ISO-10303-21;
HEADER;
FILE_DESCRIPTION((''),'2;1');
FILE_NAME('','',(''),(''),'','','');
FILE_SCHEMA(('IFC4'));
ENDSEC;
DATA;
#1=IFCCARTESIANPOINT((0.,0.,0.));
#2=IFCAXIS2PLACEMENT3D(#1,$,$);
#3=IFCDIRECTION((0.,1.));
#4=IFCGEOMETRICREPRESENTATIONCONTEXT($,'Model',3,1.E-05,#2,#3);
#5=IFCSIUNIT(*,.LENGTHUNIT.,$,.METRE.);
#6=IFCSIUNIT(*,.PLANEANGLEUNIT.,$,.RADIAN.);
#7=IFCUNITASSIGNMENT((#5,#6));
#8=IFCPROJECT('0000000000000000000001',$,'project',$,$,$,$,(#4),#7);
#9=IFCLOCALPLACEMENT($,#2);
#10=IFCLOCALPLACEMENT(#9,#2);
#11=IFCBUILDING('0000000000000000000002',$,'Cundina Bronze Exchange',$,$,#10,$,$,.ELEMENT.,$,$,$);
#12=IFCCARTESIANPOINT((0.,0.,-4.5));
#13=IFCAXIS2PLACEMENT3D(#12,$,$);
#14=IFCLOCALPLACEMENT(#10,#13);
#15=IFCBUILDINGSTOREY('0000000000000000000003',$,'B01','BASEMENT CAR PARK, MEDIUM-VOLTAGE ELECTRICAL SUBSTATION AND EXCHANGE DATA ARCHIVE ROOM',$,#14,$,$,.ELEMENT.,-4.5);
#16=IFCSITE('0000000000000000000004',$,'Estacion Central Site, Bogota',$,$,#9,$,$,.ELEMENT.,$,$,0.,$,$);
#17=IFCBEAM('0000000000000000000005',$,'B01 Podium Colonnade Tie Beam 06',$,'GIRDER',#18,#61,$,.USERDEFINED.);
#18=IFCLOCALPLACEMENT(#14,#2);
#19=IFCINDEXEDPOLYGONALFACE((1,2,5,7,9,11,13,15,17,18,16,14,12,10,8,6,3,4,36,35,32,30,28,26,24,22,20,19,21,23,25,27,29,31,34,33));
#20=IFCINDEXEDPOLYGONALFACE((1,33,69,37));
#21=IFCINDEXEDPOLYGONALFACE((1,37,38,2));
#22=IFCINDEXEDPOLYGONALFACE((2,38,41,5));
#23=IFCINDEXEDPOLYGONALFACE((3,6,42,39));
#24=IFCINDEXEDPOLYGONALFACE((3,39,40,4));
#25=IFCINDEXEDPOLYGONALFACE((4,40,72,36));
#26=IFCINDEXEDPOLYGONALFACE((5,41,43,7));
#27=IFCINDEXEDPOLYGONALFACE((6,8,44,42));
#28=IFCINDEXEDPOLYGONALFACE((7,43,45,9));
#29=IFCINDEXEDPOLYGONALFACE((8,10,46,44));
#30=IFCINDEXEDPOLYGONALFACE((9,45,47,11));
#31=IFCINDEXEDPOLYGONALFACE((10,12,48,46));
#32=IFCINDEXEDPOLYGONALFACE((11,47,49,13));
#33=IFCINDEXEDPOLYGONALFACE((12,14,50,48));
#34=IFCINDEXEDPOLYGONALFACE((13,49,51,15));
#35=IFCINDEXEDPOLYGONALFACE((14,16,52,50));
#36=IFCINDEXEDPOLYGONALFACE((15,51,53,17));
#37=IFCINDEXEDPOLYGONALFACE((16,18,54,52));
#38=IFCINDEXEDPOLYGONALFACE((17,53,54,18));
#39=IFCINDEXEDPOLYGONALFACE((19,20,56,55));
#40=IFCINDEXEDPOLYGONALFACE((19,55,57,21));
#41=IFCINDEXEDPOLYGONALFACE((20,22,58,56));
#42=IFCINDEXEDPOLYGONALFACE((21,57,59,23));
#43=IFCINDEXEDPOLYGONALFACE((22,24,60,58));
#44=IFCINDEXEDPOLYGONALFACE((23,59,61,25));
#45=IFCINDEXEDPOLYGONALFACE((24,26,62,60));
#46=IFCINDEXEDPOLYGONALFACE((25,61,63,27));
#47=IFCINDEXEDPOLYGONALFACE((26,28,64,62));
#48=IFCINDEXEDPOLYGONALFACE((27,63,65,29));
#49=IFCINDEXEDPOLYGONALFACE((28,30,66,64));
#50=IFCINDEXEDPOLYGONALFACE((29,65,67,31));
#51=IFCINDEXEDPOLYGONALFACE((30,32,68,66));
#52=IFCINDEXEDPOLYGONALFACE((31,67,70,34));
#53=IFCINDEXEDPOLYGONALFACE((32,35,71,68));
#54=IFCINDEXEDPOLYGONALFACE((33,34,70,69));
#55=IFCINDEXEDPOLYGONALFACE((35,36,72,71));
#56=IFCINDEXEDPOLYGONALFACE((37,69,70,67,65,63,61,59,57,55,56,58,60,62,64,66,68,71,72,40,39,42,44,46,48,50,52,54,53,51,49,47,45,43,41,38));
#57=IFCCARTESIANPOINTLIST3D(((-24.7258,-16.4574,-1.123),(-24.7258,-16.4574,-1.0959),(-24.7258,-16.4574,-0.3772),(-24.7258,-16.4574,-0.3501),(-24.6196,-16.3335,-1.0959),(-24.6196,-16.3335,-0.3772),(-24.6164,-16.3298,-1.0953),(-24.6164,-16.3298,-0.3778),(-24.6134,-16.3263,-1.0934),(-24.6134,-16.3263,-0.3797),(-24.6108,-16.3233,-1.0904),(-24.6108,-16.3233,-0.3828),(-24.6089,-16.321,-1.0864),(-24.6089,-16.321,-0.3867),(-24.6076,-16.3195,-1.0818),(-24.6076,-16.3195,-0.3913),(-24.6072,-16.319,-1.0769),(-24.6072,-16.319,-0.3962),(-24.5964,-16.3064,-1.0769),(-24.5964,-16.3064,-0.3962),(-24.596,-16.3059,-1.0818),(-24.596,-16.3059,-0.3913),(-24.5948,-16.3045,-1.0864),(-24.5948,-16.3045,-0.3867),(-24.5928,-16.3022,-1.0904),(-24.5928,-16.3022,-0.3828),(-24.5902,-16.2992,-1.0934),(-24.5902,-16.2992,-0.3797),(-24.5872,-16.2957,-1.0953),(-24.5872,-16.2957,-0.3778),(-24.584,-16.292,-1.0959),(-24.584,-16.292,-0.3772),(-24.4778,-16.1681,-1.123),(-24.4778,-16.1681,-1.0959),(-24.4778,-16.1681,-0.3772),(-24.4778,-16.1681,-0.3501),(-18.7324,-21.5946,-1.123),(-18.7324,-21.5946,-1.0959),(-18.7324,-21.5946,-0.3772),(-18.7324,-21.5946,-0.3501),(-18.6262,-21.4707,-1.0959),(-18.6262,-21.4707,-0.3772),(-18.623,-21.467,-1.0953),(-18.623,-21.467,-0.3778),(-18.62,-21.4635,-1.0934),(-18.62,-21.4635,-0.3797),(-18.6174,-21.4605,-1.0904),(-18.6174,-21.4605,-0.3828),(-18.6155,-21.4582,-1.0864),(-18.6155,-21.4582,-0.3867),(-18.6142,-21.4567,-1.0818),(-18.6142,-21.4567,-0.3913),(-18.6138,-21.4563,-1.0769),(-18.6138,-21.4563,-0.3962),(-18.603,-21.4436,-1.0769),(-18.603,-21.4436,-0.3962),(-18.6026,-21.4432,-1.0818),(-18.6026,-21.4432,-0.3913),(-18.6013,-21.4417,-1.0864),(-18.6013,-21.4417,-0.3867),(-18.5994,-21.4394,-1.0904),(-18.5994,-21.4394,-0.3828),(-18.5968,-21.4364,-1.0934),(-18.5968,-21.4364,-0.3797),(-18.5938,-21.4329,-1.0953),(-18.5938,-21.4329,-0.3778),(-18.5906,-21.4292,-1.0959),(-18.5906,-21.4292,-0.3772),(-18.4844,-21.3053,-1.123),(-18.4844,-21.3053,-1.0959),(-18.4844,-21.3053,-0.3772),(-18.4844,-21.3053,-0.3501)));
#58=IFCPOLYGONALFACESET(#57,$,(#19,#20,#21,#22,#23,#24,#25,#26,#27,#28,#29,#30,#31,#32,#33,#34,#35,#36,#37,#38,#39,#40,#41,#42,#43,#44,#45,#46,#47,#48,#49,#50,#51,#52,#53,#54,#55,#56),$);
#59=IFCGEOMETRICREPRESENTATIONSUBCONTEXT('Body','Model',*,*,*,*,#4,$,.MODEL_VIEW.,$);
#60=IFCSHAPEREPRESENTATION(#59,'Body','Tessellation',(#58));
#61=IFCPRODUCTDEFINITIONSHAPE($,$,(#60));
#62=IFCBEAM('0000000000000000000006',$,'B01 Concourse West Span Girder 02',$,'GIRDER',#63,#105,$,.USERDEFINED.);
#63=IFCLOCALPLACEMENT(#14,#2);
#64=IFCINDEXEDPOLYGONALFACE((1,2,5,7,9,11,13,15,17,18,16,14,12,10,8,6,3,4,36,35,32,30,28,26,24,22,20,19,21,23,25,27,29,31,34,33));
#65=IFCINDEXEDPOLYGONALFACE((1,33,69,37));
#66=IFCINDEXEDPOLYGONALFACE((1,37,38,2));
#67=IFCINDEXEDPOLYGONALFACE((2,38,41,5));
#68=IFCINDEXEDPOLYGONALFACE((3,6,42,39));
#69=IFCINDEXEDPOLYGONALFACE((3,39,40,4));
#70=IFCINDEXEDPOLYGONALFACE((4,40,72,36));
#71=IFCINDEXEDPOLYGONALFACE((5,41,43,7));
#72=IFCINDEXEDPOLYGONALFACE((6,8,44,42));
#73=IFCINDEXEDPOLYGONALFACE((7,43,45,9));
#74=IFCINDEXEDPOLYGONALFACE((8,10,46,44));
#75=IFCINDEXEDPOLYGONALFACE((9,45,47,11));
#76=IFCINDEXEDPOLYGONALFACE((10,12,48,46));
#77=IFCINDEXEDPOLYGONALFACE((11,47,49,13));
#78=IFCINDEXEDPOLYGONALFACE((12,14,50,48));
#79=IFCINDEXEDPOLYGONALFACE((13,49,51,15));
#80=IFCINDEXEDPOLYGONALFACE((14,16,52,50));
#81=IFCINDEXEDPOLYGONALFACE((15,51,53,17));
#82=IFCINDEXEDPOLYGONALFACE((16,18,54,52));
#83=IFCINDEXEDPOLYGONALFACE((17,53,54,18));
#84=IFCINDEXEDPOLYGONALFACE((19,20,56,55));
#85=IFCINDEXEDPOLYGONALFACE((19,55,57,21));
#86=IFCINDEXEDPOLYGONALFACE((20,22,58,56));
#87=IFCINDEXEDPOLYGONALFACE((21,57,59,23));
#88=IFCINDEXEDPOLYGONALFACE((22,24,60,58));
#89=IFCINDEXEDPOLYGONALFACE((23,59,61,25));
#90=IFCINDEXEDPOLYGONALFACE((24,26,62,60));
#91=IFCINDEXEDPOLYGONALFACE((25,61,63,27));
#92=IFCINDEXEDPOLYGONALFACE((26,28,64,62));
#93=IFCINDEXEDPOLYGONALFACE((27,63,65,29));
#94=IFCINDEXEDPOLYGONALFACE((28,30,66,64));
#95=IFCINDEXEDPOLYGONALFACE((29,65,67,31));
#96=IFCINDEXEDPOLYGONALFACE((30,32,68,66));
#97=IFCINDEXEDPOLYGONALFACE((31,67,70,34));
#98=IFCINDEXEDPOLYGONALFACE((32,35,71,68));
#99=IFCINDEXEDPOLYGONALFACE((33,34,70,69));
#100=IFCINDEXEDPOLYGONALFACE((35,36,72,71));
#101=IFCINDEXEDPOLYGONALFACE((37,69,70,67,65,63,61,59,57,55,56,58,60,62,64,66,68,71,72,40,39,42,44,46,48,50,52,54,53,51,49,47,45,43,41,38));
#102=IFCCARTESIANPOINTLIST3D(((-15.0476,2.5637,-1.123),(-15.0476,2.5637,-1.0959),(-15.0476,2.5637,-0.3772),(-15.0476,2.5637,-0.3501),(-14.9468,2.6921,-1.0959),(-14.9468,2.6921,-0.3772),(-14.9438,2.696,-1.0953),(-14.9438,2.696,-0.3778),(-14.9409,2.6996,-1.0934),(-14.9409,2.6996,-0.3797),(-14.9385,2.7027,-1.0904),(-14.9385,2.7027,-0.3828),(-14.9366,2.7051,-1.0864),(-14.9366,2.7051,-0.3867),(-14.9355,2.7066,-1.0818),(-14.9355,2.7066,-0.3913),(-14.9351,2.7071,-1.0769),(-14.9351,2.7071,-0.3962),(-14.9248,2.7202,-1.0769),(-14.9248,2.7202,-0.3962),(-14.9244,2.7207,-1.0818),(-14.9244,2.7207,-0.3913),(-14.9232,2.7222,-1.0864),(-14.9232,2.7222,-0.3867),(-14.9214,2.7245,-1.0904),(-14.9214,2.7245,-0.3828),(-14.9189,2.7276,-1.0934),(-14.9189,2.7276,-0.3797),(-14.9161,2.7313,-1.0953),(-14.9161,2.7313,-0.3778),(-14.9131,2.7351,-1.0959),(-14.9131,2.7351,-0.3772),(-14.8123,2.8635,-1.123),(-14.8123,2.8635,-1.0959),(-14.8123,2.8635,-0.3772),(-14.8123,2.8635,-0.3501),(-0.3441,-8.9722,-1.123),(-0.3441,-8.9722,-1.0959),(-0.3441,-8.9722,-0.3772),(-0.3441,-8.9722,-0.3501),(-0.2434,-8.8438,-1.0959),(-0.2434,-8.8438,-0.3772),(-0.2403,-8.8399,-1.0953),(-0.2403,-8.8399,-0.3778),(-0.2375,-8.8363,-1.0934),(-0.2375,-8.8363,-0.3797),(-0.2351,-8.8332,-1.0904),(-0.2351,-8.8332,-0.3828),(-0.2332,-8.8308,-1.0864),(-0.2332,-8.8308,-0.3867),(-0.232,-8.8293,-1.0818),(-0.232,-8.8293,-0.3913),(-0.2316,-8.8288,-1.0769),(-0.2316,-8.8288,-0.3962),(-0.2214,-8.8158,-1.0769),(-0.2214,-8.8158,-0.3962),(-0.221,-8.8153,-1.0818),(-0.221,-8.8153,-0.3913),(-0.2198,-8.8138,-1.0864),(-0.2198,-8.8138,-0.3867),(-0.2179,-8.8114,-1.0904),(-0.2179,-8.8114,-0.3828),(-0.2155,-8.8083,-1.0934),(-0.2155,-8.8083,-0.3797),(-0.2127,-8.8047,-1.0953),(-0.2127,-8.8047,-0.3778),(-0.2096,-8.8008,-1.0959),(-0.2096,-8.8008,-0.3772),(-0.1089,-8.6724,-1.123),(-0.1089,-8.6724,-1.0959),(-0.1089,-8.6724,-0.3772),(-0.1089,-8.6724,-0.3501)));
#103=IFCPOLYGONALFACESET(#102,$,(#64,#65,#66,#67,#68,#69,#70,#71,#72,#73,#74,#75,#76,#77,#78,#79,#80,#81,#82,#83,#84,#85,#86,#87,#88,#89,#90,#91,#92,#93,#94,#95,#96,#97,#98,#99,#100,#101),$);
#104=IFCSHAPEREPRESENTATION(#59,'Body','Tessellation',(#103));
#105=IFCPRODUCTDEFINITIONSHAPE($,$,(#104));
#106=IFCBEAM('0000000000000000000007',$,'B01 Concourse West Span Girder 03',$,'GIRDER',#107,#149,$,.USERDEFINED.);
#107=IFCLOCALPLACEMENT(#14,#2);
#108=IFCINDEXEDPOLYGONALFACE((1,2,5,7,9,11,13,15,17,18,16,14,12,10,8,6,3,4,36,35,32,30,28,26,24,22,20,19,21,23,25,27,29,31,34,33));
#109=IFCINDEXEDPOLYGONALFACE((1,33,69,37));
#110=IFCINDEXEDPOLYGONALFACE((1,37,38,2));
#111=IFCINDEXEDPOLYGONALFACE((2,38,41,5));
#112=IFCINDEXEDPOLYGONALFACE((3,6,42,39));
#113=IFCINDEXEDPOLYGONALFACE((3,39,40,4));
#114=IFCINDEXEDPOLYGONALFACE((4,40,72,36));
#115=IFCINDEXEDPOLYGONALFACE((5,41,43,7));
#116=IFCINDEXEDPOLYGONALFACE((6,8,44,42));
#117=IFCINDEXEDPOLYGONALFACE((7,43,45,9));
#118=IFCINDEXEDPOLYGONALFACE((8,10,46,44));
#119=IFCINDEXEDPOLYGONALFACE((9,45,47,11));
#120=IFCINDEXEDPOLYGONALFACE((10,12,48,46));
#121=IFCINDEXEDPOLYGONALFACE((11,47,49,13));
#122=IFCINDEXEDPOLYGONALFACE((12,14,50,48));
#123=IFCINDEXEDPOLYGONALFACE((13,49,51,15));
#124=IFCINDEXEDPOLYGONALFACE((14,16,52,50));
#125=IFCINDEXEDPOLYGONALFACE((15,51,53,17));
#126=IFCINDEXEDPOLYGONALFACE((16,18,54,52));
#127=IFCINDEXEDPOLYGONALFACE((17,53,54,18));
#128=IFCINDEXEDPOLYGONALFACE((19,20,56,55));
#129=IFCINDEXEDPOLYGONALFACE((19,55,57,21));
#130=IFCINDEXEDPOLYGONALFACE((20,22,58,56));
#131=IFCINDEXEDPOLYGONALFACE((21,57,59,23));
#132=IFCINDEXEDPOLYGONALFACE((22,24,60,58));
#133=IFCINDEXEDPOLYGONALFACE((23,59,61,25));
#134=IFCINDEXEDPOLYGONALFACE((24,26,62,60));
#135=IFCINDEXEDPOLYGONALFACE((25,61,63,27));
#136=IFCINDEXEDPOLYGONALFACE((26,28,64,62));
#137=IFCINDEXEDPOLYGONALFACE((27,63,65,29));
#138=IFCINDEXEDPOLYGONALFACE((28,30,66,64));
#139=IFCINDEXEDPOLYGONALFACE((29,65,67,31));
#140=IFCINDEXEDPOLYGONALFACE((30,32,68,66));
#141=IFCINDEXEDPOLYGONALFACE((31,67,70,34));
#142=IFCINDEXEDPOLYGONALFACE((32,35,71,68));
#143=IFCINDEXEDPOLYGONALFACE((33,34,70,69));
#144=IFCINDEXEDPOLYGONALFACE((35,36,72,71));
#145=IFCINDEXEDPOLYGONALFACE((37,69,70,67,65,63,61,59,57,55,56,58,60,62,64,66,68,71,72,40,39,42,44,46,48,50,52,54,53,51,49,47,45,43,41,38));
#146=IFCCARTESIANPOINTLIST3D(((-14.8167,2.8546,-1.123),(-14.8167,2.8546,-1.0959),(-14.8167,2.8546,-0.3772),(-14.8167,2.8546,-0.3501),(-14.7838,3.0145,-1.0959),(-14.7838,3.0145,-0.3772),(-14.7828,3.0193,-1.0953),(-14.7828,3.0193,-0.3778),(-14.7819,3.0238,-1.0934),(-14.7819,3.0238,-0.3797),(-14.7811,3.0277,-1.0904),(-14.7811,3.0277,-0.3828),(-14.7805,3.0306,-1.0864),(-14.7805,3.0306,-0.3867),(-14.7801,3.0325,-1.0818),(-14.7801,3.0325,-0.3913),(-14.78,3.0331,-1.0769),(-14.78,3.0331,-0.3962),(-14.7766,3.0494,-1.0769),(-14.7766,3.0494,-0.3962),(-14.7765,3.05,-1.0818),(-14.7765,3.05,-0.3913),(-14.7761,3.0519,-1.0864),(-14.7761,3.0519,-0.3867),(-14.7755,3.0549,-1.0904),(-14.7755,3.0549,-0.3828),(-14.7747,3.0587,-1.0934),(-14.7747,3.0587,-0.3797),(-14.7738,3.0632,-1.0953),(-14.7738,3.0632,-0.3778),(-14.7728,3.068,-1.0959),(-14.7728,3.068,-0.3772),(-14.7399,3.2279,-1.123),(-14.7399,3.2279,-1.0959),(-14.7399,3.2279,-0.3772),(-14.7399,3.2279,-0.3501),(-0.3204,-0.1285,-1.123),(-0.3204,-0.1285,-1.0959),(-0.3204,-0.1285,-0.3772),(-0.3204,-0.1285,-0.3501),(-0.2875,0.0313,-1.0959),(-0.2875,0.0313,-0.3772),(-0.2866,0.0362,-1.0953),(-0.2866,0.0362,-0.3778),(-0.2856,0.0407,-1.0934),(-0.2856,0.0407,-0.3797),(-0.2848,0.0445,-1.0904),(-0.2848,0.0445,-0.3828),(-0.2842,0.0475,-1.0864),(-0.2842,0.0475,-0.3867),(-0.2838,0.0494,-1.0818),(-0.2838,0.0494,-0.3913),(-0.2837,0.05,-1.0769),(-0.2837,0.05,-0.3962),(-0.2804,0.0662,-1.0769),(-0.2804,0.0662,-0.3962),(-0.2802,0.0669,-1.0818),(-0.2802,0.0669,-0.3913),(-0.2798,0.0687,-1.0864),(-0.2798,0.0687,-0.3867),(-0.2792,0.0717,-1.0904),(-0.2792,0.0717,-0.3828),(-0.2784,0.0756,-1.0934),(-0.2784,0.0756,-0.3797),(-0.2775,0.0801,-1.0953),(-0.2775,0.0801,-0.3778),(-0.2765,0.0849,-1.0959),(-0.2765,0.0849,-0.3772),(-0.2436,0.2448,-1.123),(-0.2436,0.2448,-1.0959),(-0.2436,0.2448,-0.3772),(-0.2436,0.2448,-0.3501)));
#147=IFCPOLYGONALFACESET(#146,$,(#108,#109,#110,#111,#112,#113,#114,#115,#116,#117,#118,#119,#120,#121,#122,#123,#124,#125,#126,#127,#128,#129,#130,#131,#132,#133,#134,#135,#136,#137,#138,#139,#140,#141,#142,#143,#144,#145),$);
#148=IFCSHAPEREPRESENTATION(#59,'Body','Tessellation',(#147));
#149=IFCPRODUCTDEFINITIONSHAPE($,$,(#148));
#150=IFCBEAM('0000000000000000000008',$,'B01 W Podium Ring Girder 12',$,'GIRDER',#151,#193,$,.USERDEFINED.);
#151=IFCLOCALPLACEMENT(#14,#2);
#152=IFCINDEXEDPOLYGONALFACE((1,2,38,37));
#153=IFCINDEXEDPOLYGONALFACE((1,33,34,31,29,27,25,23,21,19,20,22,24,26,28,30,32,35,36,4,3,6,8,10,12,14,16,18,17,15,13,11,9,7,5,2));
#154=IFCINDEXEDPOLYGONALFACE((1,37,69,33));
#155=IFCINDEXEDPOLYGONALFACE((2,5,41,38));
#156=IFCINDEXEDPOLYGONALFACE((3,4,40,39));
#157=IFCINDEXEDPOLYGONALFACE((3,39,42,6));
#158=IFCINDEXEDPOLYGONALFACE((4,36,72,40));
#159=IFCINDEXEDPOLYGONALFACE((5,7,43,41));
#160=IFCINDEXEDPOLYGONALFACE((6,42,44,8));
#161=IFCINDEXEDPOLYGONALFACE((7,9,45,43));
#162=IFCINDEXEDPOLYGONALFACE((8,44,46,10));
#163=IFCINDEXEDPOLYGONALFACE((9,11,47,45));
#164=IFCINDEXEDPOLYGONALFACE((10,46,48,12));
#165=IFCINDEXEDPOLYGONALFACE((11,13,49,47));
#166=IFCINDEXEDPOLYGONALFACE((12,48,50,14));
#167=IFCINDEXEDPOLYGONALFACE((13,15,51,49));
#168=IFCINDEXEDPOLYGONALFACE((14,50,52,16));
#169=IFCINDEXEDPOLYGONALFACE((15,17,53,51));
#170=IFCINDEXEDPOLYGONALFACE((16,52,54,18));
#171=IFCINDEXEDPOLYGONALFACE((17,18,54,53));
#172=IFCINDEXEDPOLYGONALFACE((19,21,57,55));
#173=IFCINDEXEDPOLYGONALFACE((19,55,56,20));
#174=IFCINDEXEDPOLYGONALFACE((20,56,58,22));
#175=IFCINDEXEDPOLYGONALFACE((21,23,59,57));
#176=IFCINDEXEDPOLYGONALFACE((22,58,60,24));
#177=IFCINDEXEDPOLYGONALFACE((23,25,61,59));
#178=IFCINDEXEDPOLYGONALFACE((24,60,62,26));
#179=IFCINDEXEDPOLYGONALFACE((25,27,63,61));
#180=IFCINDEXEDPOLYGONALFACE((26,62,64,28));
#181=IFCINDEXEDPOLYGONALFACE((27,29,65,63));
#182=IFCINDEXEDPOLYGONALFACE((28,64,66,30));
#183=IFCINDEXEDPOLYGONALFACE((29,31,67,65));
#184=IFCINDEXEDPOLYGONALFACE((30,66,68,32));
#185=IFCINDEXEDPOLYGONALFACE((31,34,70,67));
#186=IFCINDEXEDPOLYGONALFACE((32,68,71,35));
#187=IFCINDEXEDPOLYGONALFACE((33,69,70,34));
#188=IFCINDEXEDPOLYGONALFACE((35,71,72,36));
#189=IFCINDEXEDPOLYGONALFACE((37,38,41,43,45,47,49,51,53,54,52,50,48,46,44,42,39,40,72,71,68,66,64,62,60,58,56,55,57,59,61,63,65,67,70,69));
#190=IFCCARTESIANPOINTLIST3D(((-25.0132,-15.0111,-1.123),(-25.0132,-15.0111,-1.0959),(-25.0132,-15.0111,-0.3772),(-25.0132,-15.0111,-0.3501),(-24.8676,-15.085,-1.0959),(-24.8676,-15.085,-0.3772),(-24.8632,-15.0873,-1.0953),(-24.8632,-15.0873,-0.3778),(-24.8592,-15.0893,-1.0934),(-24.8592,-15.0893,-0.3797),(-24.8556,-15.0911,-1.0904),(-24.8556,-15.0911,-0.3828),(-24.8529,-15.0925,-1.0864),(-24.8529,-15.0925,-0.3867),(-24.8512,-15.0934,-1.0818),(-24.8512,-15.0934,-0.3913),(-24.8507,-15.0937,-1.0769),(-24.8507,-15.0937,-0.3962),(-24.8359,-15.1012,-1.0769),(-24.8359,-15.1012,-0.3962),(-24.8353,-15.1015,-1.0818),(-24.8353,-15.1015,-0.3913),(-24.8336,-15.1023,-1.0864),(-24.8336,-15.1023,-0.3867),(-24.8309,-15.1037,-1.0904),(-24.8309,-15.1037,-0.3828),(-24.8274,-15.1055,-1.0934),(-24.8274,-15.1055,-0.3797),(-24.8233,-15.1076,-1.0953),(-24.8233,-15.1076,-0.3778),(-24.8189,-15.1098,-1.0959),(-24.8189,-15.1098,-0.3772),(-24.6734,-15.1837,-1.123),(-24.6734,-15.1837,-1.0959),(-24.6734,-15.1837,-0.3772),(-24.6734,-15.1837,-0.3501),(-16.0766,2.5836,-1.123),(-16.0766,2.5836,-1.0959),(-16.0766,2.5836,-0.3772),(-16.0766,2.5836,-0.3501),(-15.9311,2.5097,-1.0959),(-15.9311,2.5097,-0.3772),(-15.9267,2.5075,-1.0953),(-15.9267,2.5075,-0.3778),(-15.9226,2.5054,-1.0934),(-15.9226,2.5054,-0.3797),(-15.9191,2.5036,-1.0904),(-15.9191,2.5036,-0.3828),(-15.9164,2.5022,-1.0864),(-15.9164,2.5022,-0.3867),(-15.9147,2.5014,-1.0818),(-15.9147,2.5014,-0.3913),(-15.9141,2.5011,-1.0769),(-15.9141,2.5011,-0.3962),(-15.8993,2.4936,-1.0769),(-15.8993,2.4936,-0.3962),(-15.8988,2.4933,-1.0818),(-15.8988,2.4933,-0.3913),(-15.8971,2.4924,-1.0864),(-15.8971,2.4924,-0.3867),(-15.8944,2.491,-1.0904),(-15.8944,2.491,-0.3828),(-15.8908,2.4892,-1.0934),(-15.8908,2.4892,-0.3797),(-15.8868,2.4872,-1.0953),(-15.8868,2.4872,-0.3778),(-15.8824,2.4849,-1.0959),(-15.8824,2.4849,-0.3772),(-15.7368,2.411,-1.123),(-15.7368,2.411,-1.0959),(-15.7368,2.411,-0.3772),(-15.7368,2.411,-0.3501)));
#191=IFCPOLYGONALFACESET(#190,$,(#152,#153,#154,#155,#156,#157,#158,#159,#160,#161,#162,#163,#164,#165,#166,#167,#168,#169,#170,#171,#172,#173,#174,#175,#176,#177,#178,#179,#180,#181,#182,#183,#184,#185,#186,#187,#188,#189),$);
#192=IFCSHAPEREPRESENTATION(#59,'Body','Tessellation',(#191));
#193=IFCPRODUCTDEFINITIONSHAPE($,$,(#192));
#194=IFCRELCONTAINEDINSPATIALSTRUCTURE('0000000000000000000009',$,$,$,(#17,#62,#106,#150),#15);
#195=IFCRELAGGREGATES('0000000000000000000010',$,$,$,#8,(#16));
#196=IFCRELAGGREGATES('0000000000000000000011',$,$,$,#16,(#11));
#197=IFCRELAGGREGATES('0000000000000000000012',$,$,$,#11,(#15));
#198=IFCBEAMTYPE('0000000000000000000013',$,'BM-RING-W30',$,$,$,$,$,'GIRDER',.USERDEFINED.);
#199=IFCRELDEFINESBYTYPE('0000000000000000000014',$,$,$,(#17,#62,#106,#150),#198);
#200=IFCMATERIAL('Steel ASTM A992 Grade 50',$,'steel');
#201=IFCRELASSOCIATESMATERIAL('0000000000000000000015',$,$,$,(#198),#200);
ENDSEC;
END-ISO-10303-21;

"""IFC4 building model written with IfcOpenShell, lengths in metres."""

from ifc_helpers import new_model, si_unit, direction, frame, origin, origin_2d, place, context, subcontext, project, spatial, i_section, extrude, material, material_profile, profile_set, type_object, element, save


model = new_model("IFC4")

# Units and contexts
model_context = context("Model", 3, precision=1e-05, world=origin(), true_north=direction((0.0, 1.0)))
body_context = subcontext(model_context, "Body", "Model", "MODEL_VIEW")
ifc_project = project(units=[si_unit("LENGTHUNIT", "METRE"), si_unit("PLANEANGLEUNIT", "RADIAN")], contexts=[model_context])

# Site, building, storey
site_placement = place(None, origin())
site = spatial("IfcSite", under=ifc_project, at=site_placement, Name="Estacion Central Site, Bogota", CompositionType="ELEMENT", RefElevation=0.0)
building_placement = place(site_placement, origin())
building = spatial("IfcBuilding", under=site, at=building_placement, Name="Cundina Bronze Exchange", CompositionType="ELEMENT")
storey_placement = place(building_placement, frame((0.0, 0.0, -4.5)))
storey = spatial("IfcBuildingStorey", under=building, at=storey_placement, Name="B01", Description="BASEMENT CAR PARK, MEDIUM-VOLTAGE ELECTRICAL SUBSTATION AND EXCHANGE DATA ARCHIVE ROOM", CompositionType="ELEMENT", Elevation=-4.5)

# Shared definitions
ifc_material_1 = material(Name="Steel ASTM A992 Grade 50", Category="steel")

# Beams
ifc_material_profile_1 = material_profile(ifc_material_1, i_section(OverallWidth=0.3811, OverallDepth=0.7729, WebThickness=0.0166, FlangeThickness=0.0271, FilletRadius=0.019, at=origin_2d()), Name="W30X173", Category="steel")
ifc_profile_set_1 = profile_set([ifc_material_profile_1], Name="Steel ASTM A992 Grade 50")
beam_type_1 = type_object("IfcBeamType", Name="BM-RING-W30", ElementType="GIRDER", PredefinedType="USERDEFINED", material=ifc_profile_set_1)
beam_1_placement = place(storey_placement, frame((-18.6084, -21.45, -0.7366), z_axis=(-0.759257, 0.650791, 0.0), x_axis=(-0.650791, -0.759257, 0.0)))
element("IfcBeam", 1, at=beam_1_placement, inside=storey, type_object=beam_type_1, Name="B01 Podium Colonnade Tie Beam 06", ObjectType="GIRDER", PredefinedType="USERDEFINED", context=body_context, shape_type="SweptSolid", body=[
    extrude(i_section(OverallWidth=0.3811, OverallDepth=0.7729, WebThickness=0.0166, FlangeThickness=0.0271, FilletRadius=0.019, at=origin_2d()), origin(), (0.0, 0.0, 1.0), 7.8938),
])
beam_2_placement = place(storey_placement, frame((-14.9299, 2.7136, -0.7366), z_axis=(0.786754, -0.617267, 0.0), x_axis=(0.617267, 0.786754, 0.0)))
element("IfcBeam", 2, at=beam_2_placement, inside=storey, type_object=beam_type_1, Name="B01 Concourse West Span Girder 02", ObjectType="GIRDER", PredefinedType="USERDEFINED", context=body_context, shape_type="SweptSolid", body=[
    extrude(i_section(OverallWidth=0.3811, OverallDepth=0.7729, WebThickness=0.0166, FlangeThickness=0.0271, FilletRadius=0.019, at=origin_2d()), origin(), (0.0, 0.0, 1.0), 18.6887),
])
beam_3_placement = place(storey_placement, frame((-14.7783, 3.0413, -0.7366), z_axis=(0.979476, -0.201563, 0.0), x_axis=(0.201563, 0.979476, 0.0)))
element("IfcBeam", 3, at=beam_3_placement, inside=storey, type_object=beam_type_1, Name="B01 Concourse West Span Girder 03", ObjectType="GIRDER", PredefinedType="USERDEFINED", context=body_context, shape_type="SweptSolid", body=[
    extrude(i_section(OverallWidth=0.3811, OverallDepth=0.7729, WebThickness=0.0166, FlangeThickness=0.0271, FilletRadius=0.019, at=origin_2d()), origin(), (0.0, 0.0, 1.0), 14.8),
])
beam_4_placement = place(storey_placement, frame((-24.8433, -15.0974, -0.7366), z_axis=(0.452846, 0.891589, 0.0), x_axis=(-0.891589, 0.452846, 0.0)))
element("IfcBeam", 4, at=beam_4_placement, inside=storey, type_object=beam_type_1, Name="B01 W Podium Ring Girder 12", ObjectType="GIRDER", PredefinedType="USERDEFINED", context=body_context, shape_type="SweptSolid", body=[
    extrude(i_section(OverallWidth=0.3811, OverallDepth=0.7729, WebThickness=0.0166, FlangeThickness=0.0271, FilletRadius=0.019, at=origin_2d()), origin(), (0.0, 0.0, 1.0), 19.7341),
])

save(model, "model.ifc")
